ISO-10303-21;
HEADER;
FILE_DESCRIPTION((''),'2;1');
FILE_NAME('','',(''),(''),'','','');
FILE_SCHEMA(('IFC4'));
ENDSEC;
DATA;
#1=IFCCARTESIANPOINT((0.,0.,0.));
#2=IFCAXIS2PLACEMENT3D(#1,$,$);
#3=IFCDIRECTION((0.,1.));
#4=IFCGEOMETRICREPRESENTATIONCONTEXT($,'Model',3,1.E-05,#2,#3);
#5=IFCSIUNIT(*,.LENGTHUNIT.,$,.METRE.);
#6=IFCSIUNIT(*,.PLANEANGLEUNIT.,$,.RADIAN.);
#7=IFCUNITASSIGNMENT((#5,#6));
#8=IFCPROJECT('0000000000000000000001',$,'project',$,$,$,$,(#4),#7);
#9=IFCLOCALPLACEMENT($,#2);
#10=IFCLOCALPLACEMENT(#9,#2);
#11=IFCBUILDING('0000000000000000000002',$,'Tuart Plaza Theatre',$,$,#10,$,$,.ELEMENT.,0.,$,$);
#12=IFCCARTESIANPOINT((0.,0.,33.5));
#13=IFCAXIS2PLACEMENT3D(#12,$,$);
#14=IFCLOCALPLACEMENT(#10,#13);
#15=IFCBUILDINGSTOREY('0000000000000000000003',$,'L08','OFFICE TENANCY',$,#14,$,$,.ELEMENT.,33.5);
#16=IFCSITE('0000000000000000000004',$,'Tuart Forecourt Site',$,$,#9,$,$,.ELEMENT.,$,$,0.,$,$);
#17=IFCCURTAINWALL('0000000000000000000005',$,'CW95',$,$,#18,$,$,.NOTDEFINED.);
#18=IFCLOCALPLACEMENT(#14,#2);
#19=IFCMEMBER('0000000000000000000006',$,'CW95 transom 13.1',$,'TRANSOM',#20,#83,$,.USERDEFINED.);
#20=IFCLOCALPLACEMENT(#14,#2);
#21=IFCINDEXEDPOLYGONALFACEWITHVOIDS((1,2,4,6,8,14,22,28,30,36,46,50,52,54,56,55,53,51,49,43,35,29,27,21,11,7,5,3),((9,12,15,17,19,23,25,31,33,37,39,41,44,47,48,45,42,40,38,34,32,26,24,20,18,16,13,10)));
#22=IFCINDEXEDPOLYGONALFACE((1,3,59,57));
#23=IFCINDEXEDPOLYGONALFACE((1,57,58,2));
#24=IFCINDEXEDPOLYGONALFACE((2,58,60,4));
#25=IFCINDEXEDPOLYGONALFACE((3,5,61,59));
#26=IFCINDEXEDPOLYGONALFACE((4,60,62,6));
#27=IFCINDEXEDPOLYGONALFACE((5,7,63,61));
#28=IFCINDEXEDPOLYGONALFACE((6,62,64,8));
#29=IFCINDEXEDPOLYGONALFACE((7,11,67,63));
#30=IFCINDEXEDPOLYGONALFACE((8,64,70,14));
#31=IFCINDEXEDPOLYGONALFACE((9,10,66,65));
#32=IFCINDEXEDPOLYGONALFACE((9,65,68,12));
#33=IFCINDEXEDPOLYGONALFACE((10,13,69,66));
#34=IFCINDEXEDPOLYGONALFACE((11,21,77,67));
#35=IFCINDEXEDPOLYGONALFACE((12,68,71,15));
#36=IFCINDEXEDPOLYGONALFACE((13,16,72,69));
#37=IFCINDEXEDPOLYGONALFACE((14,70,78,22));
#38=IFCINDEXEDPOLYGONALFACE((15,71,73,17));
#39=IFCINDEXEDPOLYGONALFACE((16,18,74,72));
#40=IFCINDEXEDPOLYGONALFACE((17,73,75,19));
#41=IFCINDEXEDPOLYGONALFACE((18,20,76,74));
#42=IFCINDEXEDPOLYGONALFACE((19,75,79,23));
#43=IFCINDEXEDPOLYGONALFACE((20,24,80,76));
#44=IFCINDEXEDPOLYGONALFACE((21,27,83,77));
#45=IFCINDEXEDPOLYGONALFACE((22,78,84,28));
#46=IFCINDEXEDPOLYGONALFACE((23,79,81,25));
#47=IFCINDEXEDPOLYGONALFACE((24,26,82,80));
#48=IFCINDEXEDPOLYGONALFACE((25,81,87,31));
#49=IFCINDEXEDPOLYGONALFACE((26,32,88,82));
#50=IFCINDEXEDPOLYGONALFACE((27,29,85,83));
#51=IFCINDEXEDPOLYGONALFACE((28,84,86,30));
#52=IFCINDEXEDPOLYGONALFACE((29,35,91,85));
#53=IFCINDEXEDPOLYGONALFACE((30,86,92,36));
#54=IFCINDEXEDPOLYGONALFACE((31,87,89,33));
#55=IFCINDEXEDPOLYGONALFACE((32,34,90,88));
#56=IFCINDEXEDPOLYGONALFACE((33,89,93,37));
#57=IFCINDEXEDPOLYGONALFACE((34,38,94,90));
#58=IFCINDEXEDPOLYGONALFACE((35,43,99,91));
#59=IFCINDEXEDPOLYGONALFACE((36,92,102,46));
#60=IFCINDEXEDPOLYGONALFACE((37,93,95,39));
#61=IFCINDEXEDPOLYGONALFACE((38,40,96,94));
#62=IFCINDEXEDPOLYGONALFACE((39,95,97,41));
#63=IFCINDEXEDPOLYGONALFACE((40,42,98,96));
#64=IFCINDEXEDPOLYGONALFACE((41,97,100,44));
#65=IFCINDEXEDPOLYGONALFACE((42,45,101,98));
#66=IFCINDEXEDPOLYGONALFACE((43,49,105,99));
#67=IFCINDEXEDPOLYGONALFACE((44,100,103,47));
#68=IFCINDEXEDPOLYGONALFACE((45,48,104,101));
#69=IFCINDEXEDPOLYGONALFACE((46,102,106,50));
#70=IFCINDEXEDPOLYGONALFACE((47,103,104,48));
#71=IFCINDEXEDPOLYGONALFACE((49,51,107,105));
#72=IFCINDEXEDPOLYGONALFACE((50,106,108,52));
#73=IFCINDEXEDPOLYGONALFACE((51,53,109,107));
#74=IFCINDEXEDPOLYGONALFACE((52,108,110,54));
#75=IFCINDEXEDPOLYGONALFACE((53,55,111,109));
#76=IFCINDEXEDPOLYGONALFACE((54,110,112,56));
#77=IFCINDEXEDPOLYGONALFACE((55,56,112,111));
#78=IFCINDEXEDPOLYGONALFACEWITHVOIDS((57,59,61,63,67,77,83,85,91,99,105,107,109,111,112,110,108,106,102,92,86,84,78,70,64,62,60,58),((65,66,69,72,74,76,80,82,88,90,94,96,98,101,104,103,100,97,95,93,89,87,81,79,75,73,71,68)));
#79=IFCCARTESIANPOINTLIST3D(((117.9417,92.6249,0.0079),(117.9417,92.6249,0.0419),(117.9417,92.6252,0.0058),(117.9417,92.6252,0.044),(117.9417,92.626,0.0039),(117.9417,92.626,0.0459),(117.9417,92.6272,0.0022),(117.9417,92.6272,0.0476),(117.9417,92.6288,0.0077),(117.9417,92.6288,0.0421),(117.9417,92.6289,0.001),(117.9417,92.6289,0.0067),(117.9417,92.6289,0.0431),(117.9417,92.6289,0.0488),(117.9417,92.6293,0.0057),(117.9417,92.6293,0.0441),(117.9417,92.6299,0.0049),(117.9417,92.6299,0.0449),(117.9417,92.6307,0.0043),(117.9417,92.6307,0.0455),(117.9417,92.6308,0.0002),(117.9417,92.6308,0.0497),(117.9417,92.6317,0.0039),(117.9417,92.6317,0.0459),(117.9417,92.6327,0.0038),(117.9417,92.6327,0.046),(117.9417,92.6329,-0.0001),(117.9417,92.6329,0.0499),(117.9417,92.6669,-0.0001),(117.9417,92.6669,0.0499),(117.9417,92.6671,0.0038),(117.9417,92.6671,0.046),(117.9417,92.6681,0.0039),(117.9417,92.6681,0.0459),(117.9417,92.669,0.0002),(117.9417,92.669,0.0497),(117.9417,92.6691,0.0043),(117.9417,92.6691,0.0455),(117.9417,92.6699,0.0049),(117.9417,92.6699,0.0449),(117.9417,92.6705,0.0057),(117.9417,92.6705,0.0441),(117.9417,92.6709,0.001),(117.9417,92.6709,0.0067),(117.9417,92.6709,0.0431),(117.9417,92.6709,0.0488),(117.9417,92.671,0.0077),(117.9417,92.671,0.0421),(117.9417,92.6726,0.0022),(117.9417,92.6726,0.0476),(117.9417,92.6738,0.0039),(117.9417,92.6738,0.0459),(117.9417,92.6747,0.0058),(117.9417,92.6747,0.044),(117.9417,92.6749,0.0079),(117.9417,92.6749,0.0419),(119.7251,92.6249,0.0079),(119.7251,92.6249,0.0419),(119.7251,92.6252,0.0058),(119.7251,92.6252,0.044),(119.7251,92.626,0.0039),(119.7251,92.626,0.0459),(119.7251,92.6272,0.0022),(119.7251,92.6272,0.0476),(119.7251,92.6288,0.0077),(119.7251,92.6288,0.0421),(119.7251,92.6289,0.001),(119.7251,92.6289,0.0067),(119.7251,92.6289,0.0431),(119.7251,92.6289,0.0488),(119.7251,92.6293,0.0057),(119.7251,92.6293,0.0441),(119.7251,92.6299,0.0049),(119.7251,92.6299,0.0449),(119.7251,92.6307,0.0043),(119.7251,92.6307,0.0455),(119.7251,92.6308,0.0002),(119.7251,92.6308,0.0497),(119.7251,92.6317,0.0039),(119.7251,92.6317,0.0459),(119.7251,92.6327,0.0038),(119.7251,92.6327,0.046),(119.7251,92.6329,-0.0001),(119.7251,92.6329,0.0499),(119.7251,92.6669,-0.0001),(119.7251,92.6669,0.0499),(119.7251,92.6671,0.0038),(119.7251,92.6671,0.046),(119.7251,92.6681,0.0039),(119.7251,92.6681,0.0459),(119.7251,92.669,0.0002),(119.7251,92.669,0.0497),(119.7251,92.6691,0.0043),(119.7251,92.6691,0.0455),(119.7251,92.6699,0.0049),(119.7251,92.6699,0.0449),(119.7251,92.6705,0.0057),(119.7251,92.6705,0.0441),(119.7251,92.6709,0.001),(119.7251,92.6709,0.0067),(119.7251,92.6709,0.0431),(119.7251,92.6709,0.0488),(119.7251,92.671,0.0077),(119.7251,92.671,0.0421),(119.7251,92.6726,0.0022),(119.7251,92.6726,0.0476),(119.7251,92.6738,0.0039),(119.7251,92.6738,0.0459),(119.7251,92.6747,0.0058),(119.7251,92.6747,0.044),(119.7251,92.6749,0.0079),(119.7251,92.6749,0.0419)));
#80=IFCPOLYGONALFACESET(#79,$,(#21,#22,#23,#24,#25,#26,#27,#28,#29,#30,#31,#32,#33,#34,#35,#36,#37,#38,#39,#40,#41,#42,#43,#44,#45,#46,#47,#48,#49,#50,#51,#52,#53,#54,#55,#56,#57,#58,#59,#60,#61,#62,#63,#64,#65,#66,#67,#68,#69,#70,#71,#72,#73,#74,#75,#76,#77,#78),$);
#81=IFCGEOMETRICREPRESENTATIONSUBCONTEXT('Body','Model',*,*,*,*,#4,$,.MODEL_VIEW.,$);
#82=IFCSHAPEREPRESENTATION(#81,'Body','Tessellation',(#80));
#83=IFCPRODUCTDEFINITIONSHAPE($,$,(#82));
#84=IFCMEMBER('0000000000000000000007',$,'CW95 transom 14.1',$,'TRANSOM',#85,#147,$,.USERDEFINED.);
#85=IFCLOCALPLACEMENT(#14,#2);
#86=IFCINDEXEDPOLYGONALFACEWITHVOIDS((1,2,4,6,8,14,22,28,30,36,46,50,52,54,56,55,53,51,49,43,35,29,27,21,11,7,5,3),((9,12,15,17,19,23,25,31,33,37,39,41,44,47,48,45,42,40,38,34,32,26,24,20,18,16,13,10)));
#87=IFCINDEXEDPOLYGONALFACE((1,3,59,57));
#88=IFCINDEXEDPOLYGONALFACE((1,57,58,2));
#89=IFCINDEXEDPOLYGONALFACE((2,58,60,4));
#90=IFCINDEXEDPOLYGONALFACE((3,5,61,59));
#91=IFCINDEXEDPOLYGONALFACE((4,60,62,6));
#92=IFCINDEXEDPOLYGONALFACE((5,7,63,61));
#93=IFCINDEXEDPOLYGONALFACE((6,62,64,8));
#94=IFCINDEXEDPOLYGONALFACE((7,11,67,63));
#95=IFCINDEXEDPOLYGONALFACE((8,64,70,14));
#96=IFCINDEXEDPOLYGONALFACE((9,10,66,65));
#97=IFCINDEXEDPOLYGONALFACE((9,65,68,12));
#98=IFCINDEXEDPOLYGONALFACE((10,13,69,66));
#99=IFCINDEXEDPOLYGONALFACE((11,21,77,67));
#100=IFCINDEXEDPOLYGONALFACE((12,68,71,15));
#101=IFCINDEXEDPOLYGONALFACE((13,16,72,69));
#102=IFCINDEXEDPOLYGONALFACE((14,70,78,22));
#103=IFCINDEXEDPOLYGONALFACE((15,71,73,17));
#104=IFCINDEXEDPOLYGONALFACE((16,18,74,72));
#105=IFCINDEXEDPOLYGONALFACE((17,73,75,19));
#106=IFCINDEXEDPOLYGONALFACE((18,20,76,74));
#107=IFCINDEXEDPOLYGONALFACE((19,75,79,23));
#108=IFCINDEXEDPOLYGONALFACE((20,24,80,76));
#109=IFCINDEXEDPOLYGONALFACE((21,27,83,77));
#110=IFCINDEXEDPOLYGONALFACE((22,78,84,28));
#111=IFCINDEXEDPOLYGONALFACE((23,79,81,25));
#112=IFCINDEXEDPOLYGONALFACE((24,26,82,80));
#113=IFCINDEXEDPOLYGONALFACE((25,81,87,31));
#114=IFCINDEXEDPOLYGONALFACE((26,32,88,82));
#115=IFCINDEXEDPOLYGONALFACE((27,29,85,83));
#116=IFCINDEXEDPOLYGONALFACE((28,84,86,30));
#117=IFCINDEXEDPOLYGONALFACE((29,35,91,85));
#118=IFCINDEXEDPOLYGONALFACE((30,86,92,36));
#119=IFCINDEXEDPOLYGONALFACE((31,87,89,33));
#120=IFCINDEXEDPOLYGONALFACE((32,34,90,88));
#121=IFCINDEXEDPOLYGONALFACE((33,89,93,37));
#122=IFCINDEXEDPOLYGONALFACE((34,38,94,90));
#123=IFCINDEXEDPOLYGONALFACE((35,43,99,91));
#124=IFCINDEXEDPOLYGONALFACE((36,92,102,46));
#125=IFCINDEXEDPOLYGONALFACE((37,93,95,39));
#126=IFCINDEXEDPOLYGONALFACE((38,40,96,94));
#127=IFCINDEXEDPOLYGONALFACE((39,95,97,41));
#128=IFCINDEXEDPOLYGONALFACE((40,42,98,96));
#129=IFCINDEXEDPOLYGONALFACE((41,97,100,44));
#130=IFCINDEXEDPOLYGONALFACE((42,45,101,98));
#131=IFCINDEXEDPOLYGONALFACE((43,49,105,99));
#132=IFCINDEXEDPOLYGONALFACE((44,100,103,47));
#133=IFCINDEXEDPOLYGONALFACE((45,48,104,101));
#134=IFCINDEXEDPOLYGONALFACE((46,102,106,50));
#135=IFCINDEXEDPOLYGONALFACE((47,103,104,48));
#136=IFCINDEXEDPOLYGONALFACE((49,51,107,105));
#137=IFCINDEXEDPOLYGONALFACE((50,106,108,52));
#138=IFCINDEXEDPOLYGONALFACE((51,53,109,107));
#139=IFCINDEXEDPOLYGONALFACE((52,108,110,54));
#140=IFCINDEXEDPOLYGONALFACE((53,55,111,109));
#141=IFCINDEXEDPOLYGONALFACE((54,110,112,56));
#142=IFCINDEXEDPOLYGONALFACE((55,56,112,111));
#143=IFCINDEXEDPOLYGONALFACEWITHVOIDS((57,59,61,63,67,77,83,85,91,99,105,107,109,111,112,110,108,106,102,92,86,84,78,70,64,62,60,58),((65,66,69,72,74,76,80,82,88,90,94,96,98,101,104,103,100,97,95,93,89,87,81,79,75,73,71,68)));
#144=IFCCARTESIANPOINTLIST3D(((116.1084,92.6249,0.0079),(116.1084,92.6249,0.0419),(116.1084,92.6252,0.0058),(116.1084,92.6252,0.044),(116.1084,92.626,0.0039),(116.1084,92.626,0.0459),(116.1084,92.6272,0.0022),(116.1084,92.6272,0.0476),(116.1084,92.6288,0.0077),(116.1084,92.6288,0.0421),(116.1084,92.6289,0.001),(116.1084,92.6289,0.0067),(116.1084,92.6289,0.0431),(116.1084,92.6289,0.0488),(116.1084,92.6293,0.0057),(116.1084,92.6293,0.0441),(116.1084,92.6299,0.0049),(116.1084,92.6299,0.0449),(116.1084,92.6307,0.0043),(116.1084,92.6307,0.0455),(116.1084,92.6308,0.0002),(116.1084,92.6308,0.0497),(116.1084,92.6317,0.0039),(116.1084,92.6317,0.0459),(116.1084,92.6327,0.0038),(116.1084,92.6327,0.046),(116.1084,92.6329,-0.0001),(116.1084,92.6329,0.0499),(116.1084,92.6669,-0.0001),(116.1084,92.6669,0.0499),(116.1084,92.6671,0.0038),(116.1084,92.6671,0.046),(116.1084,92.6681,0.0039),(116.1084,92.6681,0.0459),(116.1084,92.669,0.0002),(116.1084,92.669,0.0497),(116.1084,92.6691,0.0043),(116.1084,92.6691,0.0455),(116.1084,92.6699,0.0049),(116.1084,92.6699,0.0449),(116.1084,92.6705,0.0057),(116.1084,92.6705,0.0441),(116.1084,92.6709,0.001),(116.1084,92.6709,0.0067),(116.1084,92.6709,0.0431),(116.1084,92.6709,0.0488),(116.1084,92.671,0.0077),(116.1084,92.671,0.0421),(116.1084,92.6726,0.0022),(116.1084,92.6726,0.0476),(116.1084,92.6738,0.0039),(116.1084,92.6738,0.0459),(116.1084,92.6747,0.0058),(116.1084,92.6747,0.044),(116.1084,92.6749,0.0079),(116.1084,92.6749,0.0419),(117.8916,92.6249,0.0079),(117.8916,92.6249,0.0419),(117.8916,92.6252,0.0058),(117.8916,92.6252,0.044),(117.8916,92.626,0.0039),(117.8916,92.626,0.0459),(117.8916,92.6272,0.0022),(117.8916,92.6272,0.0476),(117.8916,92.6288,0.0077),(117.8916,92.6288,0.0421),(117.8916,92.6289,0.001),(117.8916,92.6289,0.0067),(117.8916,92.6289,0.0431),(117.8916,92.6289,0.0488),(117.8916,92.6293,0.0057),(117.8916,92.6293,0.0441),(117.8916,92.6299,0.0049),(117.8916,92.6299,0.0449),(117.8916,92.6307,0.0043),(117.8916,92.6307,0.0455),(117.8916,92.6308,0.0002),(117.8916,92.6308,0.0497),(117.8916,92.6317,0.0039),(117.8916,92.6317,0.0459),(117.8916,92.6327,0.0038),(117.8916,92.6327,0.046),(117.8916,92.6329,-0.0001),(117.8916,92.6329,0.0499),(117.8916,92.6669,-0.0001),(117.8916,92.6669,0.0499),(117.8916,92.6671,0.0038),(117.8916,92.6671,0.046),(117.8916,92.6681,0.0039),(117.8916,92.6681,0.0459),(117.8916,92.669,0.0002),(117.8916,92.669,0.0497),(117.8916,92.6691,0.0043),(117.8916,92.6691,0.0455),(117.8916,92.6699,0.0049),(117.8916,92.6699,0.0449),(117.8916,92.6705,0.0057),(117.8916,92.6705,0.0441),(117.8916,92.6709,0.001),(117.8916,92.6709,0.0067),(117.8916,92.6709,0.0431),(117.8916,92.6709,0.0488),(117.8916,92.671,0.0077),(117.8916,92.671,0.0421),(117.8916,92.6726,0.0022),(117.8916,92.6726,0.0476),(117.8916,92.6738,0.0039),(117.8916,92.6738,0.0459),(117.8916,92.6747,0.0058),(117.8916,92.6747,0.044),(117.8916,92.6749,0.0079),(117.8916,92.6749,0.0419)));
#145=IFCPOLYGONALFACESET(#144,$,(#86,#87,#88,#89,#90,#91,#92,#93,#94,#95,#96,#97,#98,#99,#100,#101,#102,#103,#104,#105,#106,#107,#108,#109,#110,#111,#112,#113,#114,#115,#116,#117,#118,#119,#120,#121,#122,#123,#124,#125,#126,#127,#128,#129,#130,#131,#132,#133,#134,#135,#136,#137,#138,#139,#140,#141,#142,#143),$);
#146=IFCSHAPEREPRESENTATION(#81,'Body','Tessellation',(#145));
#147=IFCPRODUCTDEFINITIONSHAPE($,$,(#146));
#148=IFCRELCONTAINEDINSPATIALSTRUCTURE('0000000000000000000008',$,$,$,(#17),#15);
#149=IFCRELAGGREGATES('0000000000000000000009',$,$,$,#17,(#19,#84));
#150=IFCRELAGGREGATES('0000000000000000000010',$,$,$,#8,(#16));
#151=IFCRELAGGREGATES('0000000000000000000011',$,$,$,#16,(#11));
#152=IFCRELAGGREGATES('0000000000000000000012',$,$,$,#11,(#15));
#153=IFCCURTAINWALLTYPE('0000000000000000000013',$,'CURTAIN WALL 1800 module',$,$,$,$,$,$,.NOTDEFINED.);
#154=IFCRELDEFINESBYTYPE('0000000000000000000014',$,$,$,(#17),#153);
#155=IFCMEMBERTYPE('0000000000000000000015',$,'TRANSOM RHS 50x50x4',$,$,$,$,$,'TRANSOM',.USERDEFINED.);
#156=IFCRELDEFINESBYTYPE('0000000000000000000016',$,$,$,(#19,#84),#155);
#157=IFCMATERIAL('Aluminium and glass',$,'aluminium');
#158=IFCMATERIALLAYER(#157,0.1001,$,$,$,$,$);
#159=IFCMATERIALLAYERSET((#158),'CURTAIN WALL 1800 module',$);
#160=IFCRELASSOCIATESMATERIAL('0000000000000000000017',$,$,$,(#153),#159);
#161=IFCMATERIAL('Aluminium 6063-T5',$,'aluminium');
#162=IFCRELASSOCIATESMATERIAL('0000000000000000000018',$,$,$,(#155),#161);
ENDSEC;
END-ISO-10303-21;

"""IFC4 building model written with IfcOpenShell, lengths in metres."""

from ifc_helpers import new_model, si_unit, direction, frame, origin, origin_2d, place, context, subcontext, project, spatial, hollow_rectangle, extrude, material, layer, layer_set, material_profile, profile_set, type_object, element, aggregate, save


model = new_model("IFC4")

# Units and contexts
model_context = context("Model", 3, precision=1e-05, world=origin(), true_north=direction((0.0, 1.0)))
body_context = subcontext(model_context, "Body", "Model", "MODEL_VIEW")
ifc_project = project(units=[si_unit("LENGTHUNIT", "METRE"), si_unit("PLANEANGLEUNIT", "RADIAN")], contexts=[model_context])

# Site, building, storey
site_placement = place(None, origin())
site = spatial("IfcSite", under=ifc_project, at=site_placement, Name="Tuart Forecourt Site", CompositionType="ELEMENT", RefElevation=0.0)
building_placement = place(site_placement, origin())
building = spatial("IfcBuilding", under=site, at=building_placement, Name="Tuart Plaza Theatre", CompositionType="ELEMENT", ElevationOfRefHeight=0.0)
storey_placement = place(building_placement, frame((0.0, 0.0, 33.5)))
storey = spatial("IfcBuildingStorey", under=building, at=storey_placement, Name="L08", Description="OFFICE TENANCY", CompositionType="ELEMENT", Elevation=33.5)

# Curtain wall, members
ifc_material_1 = material(Name="Aluminium and glass", Category="aluminium")
ifc_layer_1 = layer(ifc_material_1, 0.1001)
ifc_layer_set_1 = layer_set([ifc_layer_1], Name="CURTAIN WALL 1800 module")
curtain_wall_type = type_object("IfcCurtainWallType", Name="CURTAIN WALL 1800 module", PredefinedType="NOTDEFINED", material=ifc_layer_set_1)
curtain_wall_placement = place(storey_placement, origin())
curtain_wall = element("IfcCurtainWall", 1, at=curtain_wall_placement, inside=storey, type_object=curtain_wall_type, Name="CW95", PredefinedType="NOTDEFINED")
ifc_material_2 = material(Name="Aluminium 6063-T5", Category="aluminium")
ifc_material_profile_1 = material_profile(ifc_material_2, hollow_rectangle(XDim=0.05, YDim=0.05, WallThickness=0.0039, InnerFilletRadius=0.0039, OuterFilletRadius=0.0081, at=origin_2d()), Name="RHS 50x50x4")
ifc_profile_set_1 = profile_set([ifc_material_profile_1], Name="Aluminium 6063-T5")
member_type_1 = type_object("IfcMemberType", Name="TRANSOM RHS 50x50x4", ElementType="TRANSOM", PredefinedType="USERDEFINED", material=ifc_profile_set_1)
member_1_placement = place(storey_placement, frame((119.7251, 92.6499, 0.0249), z_axis=(-1.0, 0.0, 0.0), x_axis=(0.0, -1.0, 0.0)))
member_1 = element("IfcMember", 2, at=member_1_placement, type_object=member_type_1, Name="CW95 transom 13.1", ObjectType="TRANSOM", PredefinedType="USERDEFINED", context=body_context, shape_type="SweptSolid", body=[
    extrude(hollow_rectangle(XDim=0.05, YDim=0.05, WallThickness=0.0039, InnerFilletRadius=0.0039, OuterFilletRadius=0.0081, at=origin_2d()), origin(), (0.0, 0.0, 1.0), 1.7834),
])
member_2_placement = place(storey_placement, frame((117.8916, 92.6499, 0.0249), z_axis=(-1.0, 0.0, 0.0), x_axis=(0.0, -1.0, 0.0)))
member_2 = element("IfcMember", 3, at=member_2_placement, type_object=member_type_1, Name="CW95 transom 14.1", ObjectType="TRANSOM", PredefinedType="USERDEFINED", context=body_context, shape_type="SweptSolid", body=[
    extrude(hollow_rectangle(XDim=0.05, YDim=0.05, WallThickness=0.0039, InnerFilletRadius=0.0039, OuterFilletRadius=0.0081, at=origin_2d()), origin(), (0.0, 0.0, 1.0), 1.7832),
])
aggregate(curtain_wall, [member_1, member_2])

save(model, "model.ifc")
